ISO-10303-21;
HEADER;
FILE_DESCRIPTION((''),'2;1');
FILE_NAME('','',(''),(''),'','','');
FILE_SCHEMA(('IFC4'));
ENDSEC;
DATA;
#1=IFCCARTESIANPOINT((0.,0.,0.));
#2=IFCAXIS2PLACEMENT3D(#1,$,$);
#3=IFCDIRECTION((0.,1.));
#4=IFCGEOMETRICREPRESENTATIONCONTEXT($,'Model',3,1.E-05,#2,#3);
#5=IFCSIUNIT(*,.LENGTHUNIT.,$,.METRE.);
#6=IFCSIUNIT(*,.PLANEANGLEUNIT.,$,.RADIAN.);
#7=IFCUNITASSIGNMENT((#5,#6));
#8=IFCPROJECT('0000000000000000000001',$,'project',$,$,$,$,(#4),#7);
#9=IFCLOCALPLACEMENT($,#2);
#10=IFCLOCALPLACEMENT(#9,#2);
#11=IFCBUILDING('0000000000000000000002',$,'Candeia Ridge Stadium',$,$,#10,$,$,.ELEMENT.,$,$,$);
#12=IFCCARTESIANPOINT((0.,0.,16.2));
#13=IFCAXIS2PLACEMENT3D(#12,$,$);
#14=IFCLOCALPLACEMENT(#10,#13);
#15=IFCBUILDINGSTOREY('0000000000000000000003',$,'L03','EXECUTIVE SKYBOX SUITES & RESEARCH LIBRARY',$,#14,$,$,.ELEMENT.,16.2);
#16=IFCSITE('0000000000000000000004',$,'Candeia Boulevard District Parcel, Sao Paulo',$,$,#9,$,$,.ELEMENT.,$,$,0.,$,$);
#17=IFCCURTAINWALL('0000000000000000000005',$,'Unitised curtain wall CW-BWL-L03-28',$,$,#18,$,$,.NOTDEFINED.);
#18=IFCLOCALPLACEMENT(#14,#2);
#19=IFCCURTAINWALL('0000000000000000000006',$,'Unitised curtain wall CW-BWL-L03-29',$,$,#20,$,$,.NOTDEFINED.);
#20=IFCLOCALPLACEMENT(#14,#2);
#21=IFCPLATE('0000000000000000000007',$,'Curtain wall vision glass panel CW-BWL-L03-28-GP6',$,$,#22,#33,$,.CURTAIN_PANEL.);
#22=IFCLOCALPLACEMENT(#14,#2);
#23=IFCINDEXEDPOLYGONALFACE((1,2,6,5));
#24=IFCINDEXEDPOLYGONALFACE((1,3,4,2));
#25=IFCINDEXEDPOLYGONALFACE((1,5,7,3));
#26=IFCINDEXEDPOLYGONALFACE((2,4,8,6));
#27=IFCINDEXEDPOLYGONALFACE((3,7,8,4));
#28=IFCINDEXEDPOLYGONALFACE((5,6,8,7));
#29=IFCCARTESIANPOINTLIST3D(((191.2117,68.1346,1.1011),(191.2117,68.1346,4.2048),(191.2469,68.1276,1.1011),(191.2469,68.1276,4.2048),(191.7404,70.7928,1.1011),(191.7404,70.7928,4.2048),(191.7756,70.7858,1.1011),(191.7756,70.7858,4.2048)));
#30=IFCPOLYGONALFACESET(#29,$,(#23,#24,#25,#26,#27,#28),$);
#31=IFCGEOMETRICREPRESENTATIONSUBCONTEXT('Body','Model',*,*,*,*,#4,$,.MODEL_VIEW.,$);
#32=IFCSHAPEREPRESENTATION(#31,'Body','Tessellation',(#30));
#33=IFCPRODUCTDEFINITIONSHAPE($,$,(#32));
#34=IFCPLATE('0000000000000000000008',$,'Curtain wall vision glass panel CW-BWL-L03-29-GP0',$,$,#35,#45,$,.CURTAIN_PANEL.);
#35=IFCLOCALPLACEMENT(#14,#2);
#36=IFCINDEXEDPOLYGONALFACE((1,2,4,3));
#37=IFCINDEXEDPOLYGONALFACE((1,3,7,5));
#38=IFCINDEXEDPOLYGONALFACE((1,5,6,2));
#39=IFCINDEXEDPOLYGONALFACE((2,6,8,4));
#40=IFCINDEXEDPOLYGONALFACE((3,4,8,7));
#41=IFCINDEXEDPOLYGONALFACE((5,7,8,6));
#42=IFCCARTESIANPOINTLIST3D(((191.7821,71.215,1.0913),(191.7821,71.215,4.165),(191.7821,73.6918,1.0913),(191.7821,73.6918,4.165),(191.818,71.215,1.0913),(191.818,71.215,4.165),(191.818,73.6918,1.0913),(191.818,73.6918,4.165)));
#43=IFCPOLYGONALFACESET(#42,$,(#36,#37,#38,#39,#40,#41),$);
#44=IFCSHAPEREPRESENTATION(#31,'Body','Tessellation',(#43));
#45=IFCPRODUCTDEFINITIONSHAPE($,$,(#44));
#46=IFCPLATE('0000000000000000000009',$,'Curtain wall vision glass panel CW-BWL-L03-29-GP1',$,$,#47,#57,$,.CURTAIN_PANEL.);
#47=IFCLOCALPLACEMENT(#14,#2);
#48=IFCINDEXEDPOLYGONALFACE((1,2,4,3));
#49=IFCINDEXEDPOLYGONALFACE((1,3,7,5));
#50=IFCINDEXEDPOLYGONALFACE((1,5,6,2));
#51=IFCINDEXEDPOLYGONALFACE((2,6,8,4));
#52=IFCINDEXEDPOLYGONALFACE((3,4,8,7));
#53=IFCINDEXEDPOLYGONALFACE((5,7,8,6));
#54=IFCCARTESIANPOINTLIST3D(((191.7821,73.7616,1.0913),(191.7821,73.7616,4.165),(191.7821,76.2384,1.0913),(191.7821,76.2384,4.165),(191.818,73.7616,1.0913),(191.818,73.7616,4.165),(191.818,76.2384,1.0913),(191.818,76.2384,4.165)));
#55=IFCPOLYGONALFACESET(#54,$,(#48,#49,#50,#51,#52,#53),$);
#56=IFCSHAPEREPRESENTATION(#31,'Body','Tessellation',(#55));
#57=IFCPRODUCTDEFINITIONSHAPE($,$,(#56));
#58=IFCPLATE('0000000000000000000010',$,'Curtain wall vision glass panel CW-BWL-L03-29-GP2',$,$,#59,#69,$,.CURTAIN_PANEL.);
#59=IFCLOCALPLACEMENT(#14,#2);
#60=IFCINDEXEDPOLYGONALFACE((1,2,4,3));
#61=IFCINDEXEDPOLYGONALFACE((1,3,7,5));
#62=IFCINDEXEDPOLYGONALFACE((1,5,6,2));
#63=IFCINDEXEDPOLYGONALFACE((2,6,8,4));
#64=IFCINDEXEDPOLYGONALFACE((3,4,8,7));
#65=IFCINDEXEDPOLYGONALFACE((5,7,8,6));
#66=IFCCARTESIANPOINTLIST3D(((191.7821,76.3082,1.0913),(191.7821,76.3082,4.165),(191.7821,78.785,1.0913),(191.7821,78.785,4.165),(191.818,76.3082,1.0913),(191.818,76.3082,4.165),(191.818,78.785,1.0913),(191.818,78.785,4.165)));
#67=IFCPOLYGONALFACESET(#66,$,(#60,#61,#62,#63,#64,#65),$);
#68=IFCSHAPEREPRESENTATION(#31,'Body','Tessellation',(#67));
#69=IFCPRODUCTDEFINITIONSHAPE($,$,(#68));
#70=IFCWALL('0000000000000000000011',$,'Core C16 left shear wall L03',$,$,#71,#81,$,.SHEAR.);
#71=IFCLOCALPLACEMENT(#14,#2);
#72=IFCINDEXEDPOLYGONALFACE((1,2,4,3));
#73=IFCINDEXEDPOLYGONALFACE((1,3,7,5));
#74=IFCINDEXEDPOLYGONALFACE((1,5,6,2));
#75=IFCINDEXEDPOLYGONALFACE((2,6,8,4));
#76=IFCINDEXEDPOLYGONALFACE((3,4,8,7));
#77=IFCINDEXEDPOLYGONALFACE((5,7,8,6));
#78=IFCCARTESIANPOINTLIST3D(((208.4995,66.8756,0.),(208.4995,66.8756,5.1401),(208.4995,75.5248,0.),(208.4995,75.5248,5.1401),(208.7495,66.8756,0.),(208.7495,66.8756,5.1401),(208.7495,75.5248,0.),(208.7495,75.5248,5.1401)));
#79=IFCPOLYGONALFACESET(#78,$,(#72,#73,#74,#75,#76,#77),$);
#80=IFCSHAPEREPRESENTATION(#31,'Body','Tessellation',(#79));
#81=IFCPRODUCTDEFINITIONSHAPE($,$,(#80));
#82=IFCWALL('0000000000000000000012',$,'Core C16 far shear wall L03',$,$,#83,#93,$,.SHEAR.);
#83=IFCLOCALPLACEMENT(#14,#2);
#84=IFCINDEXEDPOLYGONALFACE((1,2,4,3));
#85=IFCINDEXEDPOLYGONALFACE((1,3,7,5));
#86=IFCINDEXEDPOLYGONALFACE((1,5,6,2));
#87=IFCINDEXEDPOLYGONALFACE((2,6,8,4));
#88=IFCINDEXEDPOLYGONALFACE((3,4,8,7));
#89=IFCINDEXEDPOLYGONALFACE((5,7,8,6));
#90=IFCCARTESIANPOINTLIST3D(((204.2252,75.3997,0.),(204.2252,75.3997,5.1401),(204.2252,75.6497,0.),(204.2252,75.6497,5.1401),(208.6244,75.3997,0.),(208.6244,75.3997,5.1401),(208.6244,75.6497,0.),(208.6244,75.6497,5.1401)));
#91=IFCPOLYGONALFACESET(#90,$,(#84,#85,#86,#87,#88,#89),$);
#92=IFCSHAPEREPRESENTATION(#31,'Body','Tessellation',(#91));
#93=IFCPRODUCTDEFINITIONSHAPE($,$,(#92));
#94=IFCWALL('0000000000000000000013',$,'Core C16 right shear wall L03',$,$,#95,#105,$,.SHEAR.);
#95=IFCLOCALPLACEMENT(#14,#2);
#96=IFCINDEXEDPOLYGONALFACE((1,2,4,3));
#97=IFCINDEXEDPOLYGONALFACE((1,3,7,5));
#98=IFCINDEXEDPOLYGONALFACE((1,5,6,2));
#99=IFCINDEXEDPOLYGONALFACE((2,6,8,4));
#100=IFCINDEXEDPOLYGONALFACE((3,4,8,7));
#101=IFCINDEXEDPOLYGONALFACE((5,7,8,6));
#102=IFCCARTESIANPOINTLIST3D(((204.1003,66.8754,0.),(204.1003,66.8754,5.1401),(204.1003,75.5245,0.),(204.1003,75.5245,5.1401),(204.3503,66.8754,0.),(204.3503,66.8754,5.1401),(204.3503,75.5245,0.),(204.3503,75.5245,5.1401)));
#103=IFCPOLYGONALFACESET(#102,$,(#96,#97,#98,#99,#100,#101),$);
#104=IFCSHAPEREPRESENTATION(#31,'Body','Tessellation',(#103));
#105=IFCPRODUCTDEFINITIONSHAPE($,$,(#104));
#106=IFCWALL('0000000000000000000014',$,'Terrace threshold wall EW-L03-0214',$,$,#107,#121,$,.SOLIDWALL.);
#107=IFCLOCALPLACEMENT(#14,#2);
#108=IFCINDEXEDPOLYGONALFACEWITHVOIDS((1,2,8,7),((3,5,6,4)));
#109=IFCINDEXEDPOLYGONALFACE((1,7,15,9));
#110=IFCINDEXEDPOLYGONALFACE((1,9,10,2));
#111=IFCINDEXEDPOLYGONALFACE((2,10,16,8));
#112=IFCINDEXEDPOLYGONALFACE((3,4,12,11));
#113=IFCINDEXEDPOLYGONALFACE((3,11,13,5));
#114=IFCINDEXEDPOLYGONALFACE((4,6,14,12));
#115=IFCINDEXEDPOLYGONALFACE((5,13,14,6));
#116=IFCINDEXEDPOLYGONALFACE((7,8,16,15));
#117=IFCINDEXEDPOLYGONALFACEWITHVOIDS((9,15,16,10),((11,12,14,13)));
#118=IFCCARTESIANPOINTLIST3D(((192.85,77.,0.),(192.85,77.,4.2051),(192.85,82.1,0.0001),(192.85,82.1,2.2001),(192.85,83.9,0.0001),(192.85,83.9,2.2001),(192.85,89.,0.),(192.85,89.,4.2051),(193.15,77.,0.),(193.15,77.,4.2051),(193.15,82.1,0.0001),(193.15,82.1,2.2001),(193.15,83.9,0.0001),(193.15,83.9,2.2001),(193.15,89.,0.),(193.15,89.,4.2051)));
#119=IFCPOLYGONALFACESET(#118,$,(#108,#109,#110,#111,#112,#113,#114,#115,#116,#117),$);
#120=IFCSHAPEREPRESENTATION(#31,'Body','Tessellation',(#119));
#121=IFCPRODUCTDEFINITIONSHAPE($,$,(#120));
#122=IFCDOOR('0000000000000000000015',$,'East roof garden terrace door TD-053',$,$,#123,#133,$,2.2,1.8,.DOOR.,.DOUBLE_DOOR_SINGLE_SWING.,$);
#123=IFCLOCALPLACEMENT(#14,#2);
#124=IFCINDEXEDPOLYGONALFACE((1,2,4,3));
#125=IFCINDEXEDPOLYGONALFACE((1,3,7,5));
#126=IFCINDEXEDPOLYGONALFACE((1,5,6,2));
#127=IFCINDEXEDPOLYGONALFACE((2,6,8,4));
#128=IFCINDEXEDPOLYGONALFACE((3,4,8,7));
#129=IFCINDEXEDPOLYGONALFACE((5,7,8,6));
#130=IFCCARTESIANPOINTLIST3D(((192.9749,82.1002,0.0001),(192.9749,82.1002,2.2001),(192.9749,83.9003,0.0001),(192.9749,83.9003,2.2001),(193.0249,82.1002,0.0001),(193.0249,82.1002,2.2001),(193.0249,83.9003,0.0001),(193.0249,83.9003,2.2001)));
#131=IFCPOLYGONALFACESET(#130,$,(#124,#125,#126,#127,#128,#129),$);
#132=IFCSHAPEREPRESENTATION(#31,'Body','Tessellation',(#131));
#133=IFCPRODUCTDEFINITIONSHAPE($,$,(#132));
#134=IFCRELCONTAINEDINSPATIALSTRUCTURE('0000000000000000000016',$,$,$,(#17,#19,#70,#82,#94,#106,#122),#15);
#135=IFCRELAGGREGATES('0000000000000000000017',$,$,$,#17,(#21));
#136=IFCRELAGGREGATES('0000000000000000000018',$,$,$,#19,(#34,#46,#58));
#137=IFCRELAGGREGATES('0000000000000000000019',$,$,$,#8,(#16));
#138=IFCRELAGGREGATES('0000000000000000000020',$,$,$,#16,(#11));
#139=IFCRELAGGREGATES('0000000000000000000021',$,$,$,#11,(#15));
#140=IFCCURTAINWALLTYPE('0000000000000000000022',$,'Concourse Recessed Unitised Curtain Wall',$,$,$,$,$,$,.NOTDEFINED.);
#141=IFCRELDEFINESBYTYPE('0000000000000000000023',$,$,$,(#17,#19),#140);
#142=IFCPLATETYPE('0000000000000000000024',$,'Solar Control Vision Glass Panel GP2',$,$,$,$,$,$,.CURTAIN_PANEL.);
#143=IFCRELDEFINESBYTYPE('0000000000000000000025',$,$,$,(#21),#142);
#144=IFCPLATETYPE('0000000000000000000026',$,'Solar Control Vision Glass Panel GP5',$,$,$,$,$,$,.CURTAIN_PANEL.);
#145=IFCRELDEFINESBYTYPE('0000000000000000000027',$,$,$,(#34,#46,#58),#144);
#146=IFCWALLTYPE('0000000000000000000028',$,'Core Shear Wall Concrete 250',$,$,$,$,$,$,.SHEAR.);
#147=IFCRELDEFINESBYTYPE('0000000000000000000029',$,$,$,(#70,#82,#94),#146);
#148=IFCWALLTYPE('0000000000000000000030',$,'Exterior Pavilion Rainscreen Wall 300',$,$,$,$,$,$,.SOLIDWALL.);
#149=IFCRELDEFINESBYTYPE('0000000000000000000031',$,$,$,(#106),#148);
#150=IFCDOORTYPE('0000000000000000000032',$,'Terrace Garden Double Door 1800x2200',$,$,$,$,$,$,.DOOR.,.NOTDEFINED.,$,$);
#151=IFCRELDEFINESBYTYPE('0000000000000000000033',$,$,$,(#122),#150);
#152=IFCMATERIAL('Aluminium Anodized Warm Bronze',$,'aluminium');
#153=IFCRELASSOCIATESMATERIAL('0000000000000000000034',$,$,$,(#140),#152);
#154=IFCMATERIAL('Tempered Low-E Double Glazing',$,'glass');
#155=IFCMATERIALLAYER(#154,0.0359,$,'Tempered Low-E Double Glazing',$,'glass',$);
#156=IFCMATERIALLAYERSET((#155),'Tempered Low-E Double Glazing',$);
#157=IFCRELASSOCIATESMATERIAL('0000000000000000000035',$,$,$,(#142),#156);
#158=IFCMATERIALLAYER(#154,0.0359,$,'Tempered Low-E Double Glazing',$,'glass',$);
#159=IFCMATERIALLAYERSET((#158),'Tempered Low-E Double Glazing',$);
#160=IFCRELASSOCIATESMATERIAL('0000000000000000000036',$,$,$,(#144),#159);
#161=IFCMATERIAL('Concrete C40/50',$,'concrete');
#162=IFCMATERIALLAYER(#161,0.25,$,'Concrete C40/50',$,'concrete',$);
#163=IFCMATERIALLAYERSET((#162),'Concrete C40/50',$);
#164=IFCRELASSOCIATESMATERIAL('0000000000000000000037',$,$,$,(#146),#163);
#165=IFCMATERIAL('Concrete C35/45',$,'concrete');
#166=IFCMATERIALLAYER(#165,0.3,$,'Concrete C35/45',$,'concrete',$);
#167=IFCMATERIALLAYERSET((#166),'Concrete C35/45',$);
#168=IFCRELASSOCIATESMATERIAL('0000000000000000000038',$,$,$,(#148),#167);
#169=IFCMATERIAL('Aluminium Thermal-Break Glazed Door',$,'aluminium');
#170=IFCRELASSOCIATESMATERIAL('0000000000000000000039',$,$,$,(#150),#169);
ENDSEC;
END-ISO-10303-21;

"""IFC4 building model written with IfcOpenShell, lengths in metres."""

from ifc_helpers import new_model, si_unit, direction, frame, frame_2d, origin, origin_2d, place, context, subcontext, project, spatial, rectangle, extrude, material, layer, layer_set, type_object, element, fill, aggregate, save


model = new_model("IFC4")

# Units and contexts
model_context = context("Model", 3, precision=1e-05, world=origin(), true_north=direction((0.0, 1.0)))
body_context = subcontext(model_context, "Body", "Model", "MODEL_VIEW")
ifc_project = project(units=[si_unit("LENGTHUNIT", "METRE"), si_unit("PLANEANGLEUNIT", "RADIAN")], contexts=[model_context])

# Site, building, storey
site_placement = place(None, origin())
site = spatial("IfcSite", under=ifc_project, at=site_placement, Name="Candeia Boulevard District Parcel, Sao Paulo", CompositionType="ELEMENT", RefElevation=0.0)
building_placement = place(site_placement, origin())
building = spatial("IfcBuilding", under=site, at=building_placement, Name="Candeia Ridge Stadium", CompositionType="ELEMENT")
storey_placement = place(building_placement, frame((0.0, 0.0, 16.2)))
storey = spatial("IfcBuildingStorey", under=building, at=storey_placement, Name="L03", Description="EXECUTIVE SKYBOX SUITES & RESEARCH LIBRARY", CompositionType="ELEMENT", Elevation=16.2)

# Curtain wall
ifc_material_1 = material(Name="Aluminium Anodized Warm Bronze", Category="aluminium")
curtain_wall_type = type_object("IfcCurtainWallType", Name="Concourse Recessed Unitised Curtain Wall", PredefinedType="NOTDEFINED", material=ifc_material_1)
curtain_wall_1_placement = place(storey_placement, origin())
curtain_wall_1 = element("IfcCurtainWall", 1, at=curtain_wall_1_placement, inside=storey, type_object=curtain_wall_type, Name="Unitised curtain wall CW-BWL-L03-28", PredefinedType="NOTDEFINED")

# Curtain wall
curtain_wall_2_placement = place(storey_placement, origin())
curtain_wall_2 = element("IfcCurtainWall", 2, at=curtain_wall_2_placement, inside=storey, type_object=curtain_wall_type, Name="Unitised curtain wall CW-BWL-L03-29", PredefinedType="NOTDEFINED")

# Shared definitions
ifc_material_2 = material(Name="Concrete C40/50", Category="concrete")

# Plates
ifc_material_3 = material(Name="Tempered Low-E Double Glazing", Category="glass")
ifc_layer_1 = layer(ifc_material_3, 0.0359, Name="Tempered Low-E Double Glazing", Category="glass")
ifc_layer_set_1 = layer_set([ifc_layer_1], Name="Tempered Low-E Double Glazing")
plate_type_1 = type_object("IfcPlateType", Name="Solar Control Vision Glass Panel GP2", PredefinedType="CURTAIN_PANEL", material=ifc_layer_set_1)
plate_1_placement = place(storey_placement, frame((191.4937, 69.4602, 1.1011), z_axis=(0.0, 0.0, 1.0), x_axis=(0.19509, 0.980785, 0.0)))
plate_1 = element("IfcPlate", 3, at=plate_1_placement, type_object=plate_type_1, Name="Curtain wall vision glass panel CW-BWL-L03-28-GP6", PredefinedType="CURTAIN_PANEL", context=body_context, shape_type="SweptSolid", body=[
    extrude(rectangle(XDim=2.7102, YDim=0.0359, at=origin_2d()), origin(), (0.0, 0.0, 1.0), 3.1038),
])
aggregate(curtain_wall_1, [plate_1])
ifc_layer_2 = layer(ifc_material_3, 0.0359, Name="Tempered Low-E Double Glazing", Category="glass")
ifc_layer_set_2 = layer_set([ifc_layer_2], Name="Tempered Low-E Double Glazing")
plate_type_2 = type_object("IfcPlateType", Name="Solar Control Vision Glass Panel GP5", PredefinedType="CURTAIN_PANEL", material=ifc_layer_set_2)
plate_2_placement = place(storey_placement, frame((191.8, 72.4534, 1.0913), z_axis=(0.0, 0.0, 1.0), x_axis=(0.0, 1.0, 0.0)))
plate_2 = element("IfcPlate", 4, at=plate_2_placement, type_object=plate_type_2, Name="Curtain wall vision glass panel CW-BWL-L03-29-GP0", PredefinedType="CURTAIN_PANEL", context=body_context, shape_type="SweptSolid", body=[
    extrude(rectangle(XDim=2.4768, YDim=0.0359, at=origin_2d()), origin(), (0.0, 0.0, 1.0), 3.0737),
])
plate_3_placement = place(storey_placement, frame((191.8, 75.0, 1.0913), z_axis=(0.0, 0.0, 1.0), x_axis=(0.0, 1.0, 0.0)))
plate_3 = element("IfcPlate", 5, at=plate_3_placement, type_object=plate_type_2, Name="Curtain wall vision glass panel CW-BWL-L03-29-GP1", PredefinedType="CURTAIN_PANEL", context=body_context, shape_type="SweptSolid", body=[
    extrude(rectangle(XDim=2.4768, YDim=0.0359, at=origin_2d()), origin(), (0.0, 0.0, 1.0), 3.0737),
])
plate_4_placement = place(storey_placement, frame((191.8, 77.5466, 1.0913), z_axis=(0.0, 0.0, 1.0), x_axis=(0.0, 1.0, 0.0)))
plate_4 = element("IfcPlate", 6, at=plate_4_placement, type_object=plate_type_2, Name="Curtain wall vision glass panel CW-BWL-L03-29-GP2", PredefinedType="CURTAIN_PANEL", context=body_context, shape_type="SweptSolid", body=[
    extrude(rectangle(XDim=2.4768, YDim=0.0359, at=origin_2d()), origin(), (0.0, 0.0, 1.0), 3.0737),
])
aggregate(curtain_wall_2, [plate_2, plate_3, plate_4])

# Walls
ifc_layer_3 = layer(ifc_material_2, 0.25, Name="Concrete C40/50", Category="concrete")
ifc_layer_set_3 = layer_set([ifc_layer_3], Name="Concrete C40/50")
wall_type_1 = type_object("IfcWallType", Name="Core Shear Wall Concrete 250", PredefinedType="SHEAR", material=ifc_layer_set_3)
wall_1_placement = place(storey_placement, frame((208.6245, 66.8755, 0.0), z_axis=(0.0, 0.0, 1.0), x_axis=(0.0, 1.0, 0.0)))
element("IfcWall", 7, at=wall_1_placement, inside=storey, type_object=wall_type_1, Name="Core C16 left shear wall L03", PredefinedType="SHEAR", context=body_context, shape_type="SweptSolid", body=[
    extrude(rectangle(XDim=8.6492, YDim=0.25, at=frame_2d((4.3247, 0.0))), origin(), (0.0, 0.0, 1.0), 5.1401),
])
wall_2_placement = place(storey_placement, frame((208.6245, 75.5247, 0.0), z_axis=(0.0, 0.0, 1.0), x_axis=(-1.0, 0.0, 0.0)))
element("IfcWall", 8, at=wall_2_placement, inside=storey, type_object=wall_type_1, Name="Core C16 far shear wall L03", PredefinedType="SHEAR", context=body_context, shape_type="SweptSolid", body=[
    extrude(rectangle(XDim=4.3992, YDim=0.25, at=frame_2d((2.1997, 0.0))), origin(), (0.0, 0.0, 1.0), 5.1401),
])
wall_3_placement = place(storey_placement, frame((204.2253, 75.5247, 0.0), z_axis=(0.0, 0.0, 1.0), x_axis=(0.0, -1.0, 0.0)))
element("IfcWall", 9, at=wall_3_placement, inside=storey, type_object=wall_type_1, Name="Core C16 right shear wall L03", PredefinedType="SHEAR", context=body_context, shape_type="SweptSolid", body=[
    extrude(rectangle(XDim=8.6492, YDim=0.25, at=frame_2d((4.3247, 0.0))), origin(), (0.0, 0.0, 1.0), 5.1401),
])

# Wall, opening, door
ifc_material_4 = material(Name="Concrete C35/45", Category="concrete")
ifc_layer_4 = layer(ifc_material_4, 0.3, Name="Concrete C35/45", Category="concrete")
ifc_layer_set_4 = layer_set([ifc_layer_4], Name="Concrete C35/45")
wall_type_2 = type_object("IfcWallType", Name="Exterior Pavilion Rainscreen Wall 300", PredefinedType="SOLIDWALL", material=ifc_layer_set_4)
wall_4_placement = place(storey_placement, frame((193.0, 77.0, 0.0), z_axis=(0.0, 0.0, 1.0), x_axis=(0.0, 1.0, 0.0)))
wall_4 = element("IfcWall", 10, at=wall_4_placement, inside=storey, type_object=wall_type_2, Name="Terrace threshold wall EW-L03-0214", PredefinedType="SOLIDWALL", context=body_context, shape_type="SweptSolid", body=[
    extrude(rectangle(XDim=12.0, YDim=0.3, at=frame_2d((6.0, 0.0))), origin(), (0.0, 0.0, 1.0), 4.2051),
])
opening_placement = place(wall_4_placement, frame((5.1001, 0.0, 0.0)))
opening = element("IfcOpeningElement", 11, at=opening_placement, cuts=wall_4, PredefinedType="OPENING", context=body_context, shape_type="SweptSolid", body=[
    extrude(rectangle(XDim=1.8, YDim=2.2, at=frame_2d((0.8999, 1.1001))), frame((0.0, 0.1599, 0.0), z_axis=(0.0, -1.0, 0.0), x_axis=(1.0, 0.0, 0.0)), (0.0, 0.0, 1.0), 0.3201),
])
ifc_material_5 = material(Name="Aluminium Thermal-Break Glazed Door", Category="aluminium")
door_type = type_object("IfcDoorType", Name="Terrace Garden Double Door 1800x2200", OperationType="NOTDEFINED", PredefinedType="DOOR", material=ifc_material_5)
door_placement = place(opening_placement, frame((1.8, 0.0, 0.0), z_axis=(0.0, 0.0, 1.0), x_axis=(-1.0, 0.0, 0.0)))
door = element("IfcDoor", 12, at=door_placement, inside=storey, type_object=door_type, Name="East roof garden terrace door TD-053", OperationType="DOUBLE_DOOR_SINGLE_SWING", OverallHeight=2.2, OverallWidth=1.8, PredefinedType="DOOR", context=body_context, shape_type="SweptSolid", body=[
    extrude(rectangle(XDim=1.8, YDim=2.2, at=frame_2d((0.8999, 1.1001))), frame((0.0, 0.0249, 0.0), z_axis=(0.0, -1.0, 0.0), x_axis=(1.0, 0.0, 0.0)), (0.0, 0.0, 1.0), 0.05),
])
fill(opening, door)

save(model, "model.ifc")
